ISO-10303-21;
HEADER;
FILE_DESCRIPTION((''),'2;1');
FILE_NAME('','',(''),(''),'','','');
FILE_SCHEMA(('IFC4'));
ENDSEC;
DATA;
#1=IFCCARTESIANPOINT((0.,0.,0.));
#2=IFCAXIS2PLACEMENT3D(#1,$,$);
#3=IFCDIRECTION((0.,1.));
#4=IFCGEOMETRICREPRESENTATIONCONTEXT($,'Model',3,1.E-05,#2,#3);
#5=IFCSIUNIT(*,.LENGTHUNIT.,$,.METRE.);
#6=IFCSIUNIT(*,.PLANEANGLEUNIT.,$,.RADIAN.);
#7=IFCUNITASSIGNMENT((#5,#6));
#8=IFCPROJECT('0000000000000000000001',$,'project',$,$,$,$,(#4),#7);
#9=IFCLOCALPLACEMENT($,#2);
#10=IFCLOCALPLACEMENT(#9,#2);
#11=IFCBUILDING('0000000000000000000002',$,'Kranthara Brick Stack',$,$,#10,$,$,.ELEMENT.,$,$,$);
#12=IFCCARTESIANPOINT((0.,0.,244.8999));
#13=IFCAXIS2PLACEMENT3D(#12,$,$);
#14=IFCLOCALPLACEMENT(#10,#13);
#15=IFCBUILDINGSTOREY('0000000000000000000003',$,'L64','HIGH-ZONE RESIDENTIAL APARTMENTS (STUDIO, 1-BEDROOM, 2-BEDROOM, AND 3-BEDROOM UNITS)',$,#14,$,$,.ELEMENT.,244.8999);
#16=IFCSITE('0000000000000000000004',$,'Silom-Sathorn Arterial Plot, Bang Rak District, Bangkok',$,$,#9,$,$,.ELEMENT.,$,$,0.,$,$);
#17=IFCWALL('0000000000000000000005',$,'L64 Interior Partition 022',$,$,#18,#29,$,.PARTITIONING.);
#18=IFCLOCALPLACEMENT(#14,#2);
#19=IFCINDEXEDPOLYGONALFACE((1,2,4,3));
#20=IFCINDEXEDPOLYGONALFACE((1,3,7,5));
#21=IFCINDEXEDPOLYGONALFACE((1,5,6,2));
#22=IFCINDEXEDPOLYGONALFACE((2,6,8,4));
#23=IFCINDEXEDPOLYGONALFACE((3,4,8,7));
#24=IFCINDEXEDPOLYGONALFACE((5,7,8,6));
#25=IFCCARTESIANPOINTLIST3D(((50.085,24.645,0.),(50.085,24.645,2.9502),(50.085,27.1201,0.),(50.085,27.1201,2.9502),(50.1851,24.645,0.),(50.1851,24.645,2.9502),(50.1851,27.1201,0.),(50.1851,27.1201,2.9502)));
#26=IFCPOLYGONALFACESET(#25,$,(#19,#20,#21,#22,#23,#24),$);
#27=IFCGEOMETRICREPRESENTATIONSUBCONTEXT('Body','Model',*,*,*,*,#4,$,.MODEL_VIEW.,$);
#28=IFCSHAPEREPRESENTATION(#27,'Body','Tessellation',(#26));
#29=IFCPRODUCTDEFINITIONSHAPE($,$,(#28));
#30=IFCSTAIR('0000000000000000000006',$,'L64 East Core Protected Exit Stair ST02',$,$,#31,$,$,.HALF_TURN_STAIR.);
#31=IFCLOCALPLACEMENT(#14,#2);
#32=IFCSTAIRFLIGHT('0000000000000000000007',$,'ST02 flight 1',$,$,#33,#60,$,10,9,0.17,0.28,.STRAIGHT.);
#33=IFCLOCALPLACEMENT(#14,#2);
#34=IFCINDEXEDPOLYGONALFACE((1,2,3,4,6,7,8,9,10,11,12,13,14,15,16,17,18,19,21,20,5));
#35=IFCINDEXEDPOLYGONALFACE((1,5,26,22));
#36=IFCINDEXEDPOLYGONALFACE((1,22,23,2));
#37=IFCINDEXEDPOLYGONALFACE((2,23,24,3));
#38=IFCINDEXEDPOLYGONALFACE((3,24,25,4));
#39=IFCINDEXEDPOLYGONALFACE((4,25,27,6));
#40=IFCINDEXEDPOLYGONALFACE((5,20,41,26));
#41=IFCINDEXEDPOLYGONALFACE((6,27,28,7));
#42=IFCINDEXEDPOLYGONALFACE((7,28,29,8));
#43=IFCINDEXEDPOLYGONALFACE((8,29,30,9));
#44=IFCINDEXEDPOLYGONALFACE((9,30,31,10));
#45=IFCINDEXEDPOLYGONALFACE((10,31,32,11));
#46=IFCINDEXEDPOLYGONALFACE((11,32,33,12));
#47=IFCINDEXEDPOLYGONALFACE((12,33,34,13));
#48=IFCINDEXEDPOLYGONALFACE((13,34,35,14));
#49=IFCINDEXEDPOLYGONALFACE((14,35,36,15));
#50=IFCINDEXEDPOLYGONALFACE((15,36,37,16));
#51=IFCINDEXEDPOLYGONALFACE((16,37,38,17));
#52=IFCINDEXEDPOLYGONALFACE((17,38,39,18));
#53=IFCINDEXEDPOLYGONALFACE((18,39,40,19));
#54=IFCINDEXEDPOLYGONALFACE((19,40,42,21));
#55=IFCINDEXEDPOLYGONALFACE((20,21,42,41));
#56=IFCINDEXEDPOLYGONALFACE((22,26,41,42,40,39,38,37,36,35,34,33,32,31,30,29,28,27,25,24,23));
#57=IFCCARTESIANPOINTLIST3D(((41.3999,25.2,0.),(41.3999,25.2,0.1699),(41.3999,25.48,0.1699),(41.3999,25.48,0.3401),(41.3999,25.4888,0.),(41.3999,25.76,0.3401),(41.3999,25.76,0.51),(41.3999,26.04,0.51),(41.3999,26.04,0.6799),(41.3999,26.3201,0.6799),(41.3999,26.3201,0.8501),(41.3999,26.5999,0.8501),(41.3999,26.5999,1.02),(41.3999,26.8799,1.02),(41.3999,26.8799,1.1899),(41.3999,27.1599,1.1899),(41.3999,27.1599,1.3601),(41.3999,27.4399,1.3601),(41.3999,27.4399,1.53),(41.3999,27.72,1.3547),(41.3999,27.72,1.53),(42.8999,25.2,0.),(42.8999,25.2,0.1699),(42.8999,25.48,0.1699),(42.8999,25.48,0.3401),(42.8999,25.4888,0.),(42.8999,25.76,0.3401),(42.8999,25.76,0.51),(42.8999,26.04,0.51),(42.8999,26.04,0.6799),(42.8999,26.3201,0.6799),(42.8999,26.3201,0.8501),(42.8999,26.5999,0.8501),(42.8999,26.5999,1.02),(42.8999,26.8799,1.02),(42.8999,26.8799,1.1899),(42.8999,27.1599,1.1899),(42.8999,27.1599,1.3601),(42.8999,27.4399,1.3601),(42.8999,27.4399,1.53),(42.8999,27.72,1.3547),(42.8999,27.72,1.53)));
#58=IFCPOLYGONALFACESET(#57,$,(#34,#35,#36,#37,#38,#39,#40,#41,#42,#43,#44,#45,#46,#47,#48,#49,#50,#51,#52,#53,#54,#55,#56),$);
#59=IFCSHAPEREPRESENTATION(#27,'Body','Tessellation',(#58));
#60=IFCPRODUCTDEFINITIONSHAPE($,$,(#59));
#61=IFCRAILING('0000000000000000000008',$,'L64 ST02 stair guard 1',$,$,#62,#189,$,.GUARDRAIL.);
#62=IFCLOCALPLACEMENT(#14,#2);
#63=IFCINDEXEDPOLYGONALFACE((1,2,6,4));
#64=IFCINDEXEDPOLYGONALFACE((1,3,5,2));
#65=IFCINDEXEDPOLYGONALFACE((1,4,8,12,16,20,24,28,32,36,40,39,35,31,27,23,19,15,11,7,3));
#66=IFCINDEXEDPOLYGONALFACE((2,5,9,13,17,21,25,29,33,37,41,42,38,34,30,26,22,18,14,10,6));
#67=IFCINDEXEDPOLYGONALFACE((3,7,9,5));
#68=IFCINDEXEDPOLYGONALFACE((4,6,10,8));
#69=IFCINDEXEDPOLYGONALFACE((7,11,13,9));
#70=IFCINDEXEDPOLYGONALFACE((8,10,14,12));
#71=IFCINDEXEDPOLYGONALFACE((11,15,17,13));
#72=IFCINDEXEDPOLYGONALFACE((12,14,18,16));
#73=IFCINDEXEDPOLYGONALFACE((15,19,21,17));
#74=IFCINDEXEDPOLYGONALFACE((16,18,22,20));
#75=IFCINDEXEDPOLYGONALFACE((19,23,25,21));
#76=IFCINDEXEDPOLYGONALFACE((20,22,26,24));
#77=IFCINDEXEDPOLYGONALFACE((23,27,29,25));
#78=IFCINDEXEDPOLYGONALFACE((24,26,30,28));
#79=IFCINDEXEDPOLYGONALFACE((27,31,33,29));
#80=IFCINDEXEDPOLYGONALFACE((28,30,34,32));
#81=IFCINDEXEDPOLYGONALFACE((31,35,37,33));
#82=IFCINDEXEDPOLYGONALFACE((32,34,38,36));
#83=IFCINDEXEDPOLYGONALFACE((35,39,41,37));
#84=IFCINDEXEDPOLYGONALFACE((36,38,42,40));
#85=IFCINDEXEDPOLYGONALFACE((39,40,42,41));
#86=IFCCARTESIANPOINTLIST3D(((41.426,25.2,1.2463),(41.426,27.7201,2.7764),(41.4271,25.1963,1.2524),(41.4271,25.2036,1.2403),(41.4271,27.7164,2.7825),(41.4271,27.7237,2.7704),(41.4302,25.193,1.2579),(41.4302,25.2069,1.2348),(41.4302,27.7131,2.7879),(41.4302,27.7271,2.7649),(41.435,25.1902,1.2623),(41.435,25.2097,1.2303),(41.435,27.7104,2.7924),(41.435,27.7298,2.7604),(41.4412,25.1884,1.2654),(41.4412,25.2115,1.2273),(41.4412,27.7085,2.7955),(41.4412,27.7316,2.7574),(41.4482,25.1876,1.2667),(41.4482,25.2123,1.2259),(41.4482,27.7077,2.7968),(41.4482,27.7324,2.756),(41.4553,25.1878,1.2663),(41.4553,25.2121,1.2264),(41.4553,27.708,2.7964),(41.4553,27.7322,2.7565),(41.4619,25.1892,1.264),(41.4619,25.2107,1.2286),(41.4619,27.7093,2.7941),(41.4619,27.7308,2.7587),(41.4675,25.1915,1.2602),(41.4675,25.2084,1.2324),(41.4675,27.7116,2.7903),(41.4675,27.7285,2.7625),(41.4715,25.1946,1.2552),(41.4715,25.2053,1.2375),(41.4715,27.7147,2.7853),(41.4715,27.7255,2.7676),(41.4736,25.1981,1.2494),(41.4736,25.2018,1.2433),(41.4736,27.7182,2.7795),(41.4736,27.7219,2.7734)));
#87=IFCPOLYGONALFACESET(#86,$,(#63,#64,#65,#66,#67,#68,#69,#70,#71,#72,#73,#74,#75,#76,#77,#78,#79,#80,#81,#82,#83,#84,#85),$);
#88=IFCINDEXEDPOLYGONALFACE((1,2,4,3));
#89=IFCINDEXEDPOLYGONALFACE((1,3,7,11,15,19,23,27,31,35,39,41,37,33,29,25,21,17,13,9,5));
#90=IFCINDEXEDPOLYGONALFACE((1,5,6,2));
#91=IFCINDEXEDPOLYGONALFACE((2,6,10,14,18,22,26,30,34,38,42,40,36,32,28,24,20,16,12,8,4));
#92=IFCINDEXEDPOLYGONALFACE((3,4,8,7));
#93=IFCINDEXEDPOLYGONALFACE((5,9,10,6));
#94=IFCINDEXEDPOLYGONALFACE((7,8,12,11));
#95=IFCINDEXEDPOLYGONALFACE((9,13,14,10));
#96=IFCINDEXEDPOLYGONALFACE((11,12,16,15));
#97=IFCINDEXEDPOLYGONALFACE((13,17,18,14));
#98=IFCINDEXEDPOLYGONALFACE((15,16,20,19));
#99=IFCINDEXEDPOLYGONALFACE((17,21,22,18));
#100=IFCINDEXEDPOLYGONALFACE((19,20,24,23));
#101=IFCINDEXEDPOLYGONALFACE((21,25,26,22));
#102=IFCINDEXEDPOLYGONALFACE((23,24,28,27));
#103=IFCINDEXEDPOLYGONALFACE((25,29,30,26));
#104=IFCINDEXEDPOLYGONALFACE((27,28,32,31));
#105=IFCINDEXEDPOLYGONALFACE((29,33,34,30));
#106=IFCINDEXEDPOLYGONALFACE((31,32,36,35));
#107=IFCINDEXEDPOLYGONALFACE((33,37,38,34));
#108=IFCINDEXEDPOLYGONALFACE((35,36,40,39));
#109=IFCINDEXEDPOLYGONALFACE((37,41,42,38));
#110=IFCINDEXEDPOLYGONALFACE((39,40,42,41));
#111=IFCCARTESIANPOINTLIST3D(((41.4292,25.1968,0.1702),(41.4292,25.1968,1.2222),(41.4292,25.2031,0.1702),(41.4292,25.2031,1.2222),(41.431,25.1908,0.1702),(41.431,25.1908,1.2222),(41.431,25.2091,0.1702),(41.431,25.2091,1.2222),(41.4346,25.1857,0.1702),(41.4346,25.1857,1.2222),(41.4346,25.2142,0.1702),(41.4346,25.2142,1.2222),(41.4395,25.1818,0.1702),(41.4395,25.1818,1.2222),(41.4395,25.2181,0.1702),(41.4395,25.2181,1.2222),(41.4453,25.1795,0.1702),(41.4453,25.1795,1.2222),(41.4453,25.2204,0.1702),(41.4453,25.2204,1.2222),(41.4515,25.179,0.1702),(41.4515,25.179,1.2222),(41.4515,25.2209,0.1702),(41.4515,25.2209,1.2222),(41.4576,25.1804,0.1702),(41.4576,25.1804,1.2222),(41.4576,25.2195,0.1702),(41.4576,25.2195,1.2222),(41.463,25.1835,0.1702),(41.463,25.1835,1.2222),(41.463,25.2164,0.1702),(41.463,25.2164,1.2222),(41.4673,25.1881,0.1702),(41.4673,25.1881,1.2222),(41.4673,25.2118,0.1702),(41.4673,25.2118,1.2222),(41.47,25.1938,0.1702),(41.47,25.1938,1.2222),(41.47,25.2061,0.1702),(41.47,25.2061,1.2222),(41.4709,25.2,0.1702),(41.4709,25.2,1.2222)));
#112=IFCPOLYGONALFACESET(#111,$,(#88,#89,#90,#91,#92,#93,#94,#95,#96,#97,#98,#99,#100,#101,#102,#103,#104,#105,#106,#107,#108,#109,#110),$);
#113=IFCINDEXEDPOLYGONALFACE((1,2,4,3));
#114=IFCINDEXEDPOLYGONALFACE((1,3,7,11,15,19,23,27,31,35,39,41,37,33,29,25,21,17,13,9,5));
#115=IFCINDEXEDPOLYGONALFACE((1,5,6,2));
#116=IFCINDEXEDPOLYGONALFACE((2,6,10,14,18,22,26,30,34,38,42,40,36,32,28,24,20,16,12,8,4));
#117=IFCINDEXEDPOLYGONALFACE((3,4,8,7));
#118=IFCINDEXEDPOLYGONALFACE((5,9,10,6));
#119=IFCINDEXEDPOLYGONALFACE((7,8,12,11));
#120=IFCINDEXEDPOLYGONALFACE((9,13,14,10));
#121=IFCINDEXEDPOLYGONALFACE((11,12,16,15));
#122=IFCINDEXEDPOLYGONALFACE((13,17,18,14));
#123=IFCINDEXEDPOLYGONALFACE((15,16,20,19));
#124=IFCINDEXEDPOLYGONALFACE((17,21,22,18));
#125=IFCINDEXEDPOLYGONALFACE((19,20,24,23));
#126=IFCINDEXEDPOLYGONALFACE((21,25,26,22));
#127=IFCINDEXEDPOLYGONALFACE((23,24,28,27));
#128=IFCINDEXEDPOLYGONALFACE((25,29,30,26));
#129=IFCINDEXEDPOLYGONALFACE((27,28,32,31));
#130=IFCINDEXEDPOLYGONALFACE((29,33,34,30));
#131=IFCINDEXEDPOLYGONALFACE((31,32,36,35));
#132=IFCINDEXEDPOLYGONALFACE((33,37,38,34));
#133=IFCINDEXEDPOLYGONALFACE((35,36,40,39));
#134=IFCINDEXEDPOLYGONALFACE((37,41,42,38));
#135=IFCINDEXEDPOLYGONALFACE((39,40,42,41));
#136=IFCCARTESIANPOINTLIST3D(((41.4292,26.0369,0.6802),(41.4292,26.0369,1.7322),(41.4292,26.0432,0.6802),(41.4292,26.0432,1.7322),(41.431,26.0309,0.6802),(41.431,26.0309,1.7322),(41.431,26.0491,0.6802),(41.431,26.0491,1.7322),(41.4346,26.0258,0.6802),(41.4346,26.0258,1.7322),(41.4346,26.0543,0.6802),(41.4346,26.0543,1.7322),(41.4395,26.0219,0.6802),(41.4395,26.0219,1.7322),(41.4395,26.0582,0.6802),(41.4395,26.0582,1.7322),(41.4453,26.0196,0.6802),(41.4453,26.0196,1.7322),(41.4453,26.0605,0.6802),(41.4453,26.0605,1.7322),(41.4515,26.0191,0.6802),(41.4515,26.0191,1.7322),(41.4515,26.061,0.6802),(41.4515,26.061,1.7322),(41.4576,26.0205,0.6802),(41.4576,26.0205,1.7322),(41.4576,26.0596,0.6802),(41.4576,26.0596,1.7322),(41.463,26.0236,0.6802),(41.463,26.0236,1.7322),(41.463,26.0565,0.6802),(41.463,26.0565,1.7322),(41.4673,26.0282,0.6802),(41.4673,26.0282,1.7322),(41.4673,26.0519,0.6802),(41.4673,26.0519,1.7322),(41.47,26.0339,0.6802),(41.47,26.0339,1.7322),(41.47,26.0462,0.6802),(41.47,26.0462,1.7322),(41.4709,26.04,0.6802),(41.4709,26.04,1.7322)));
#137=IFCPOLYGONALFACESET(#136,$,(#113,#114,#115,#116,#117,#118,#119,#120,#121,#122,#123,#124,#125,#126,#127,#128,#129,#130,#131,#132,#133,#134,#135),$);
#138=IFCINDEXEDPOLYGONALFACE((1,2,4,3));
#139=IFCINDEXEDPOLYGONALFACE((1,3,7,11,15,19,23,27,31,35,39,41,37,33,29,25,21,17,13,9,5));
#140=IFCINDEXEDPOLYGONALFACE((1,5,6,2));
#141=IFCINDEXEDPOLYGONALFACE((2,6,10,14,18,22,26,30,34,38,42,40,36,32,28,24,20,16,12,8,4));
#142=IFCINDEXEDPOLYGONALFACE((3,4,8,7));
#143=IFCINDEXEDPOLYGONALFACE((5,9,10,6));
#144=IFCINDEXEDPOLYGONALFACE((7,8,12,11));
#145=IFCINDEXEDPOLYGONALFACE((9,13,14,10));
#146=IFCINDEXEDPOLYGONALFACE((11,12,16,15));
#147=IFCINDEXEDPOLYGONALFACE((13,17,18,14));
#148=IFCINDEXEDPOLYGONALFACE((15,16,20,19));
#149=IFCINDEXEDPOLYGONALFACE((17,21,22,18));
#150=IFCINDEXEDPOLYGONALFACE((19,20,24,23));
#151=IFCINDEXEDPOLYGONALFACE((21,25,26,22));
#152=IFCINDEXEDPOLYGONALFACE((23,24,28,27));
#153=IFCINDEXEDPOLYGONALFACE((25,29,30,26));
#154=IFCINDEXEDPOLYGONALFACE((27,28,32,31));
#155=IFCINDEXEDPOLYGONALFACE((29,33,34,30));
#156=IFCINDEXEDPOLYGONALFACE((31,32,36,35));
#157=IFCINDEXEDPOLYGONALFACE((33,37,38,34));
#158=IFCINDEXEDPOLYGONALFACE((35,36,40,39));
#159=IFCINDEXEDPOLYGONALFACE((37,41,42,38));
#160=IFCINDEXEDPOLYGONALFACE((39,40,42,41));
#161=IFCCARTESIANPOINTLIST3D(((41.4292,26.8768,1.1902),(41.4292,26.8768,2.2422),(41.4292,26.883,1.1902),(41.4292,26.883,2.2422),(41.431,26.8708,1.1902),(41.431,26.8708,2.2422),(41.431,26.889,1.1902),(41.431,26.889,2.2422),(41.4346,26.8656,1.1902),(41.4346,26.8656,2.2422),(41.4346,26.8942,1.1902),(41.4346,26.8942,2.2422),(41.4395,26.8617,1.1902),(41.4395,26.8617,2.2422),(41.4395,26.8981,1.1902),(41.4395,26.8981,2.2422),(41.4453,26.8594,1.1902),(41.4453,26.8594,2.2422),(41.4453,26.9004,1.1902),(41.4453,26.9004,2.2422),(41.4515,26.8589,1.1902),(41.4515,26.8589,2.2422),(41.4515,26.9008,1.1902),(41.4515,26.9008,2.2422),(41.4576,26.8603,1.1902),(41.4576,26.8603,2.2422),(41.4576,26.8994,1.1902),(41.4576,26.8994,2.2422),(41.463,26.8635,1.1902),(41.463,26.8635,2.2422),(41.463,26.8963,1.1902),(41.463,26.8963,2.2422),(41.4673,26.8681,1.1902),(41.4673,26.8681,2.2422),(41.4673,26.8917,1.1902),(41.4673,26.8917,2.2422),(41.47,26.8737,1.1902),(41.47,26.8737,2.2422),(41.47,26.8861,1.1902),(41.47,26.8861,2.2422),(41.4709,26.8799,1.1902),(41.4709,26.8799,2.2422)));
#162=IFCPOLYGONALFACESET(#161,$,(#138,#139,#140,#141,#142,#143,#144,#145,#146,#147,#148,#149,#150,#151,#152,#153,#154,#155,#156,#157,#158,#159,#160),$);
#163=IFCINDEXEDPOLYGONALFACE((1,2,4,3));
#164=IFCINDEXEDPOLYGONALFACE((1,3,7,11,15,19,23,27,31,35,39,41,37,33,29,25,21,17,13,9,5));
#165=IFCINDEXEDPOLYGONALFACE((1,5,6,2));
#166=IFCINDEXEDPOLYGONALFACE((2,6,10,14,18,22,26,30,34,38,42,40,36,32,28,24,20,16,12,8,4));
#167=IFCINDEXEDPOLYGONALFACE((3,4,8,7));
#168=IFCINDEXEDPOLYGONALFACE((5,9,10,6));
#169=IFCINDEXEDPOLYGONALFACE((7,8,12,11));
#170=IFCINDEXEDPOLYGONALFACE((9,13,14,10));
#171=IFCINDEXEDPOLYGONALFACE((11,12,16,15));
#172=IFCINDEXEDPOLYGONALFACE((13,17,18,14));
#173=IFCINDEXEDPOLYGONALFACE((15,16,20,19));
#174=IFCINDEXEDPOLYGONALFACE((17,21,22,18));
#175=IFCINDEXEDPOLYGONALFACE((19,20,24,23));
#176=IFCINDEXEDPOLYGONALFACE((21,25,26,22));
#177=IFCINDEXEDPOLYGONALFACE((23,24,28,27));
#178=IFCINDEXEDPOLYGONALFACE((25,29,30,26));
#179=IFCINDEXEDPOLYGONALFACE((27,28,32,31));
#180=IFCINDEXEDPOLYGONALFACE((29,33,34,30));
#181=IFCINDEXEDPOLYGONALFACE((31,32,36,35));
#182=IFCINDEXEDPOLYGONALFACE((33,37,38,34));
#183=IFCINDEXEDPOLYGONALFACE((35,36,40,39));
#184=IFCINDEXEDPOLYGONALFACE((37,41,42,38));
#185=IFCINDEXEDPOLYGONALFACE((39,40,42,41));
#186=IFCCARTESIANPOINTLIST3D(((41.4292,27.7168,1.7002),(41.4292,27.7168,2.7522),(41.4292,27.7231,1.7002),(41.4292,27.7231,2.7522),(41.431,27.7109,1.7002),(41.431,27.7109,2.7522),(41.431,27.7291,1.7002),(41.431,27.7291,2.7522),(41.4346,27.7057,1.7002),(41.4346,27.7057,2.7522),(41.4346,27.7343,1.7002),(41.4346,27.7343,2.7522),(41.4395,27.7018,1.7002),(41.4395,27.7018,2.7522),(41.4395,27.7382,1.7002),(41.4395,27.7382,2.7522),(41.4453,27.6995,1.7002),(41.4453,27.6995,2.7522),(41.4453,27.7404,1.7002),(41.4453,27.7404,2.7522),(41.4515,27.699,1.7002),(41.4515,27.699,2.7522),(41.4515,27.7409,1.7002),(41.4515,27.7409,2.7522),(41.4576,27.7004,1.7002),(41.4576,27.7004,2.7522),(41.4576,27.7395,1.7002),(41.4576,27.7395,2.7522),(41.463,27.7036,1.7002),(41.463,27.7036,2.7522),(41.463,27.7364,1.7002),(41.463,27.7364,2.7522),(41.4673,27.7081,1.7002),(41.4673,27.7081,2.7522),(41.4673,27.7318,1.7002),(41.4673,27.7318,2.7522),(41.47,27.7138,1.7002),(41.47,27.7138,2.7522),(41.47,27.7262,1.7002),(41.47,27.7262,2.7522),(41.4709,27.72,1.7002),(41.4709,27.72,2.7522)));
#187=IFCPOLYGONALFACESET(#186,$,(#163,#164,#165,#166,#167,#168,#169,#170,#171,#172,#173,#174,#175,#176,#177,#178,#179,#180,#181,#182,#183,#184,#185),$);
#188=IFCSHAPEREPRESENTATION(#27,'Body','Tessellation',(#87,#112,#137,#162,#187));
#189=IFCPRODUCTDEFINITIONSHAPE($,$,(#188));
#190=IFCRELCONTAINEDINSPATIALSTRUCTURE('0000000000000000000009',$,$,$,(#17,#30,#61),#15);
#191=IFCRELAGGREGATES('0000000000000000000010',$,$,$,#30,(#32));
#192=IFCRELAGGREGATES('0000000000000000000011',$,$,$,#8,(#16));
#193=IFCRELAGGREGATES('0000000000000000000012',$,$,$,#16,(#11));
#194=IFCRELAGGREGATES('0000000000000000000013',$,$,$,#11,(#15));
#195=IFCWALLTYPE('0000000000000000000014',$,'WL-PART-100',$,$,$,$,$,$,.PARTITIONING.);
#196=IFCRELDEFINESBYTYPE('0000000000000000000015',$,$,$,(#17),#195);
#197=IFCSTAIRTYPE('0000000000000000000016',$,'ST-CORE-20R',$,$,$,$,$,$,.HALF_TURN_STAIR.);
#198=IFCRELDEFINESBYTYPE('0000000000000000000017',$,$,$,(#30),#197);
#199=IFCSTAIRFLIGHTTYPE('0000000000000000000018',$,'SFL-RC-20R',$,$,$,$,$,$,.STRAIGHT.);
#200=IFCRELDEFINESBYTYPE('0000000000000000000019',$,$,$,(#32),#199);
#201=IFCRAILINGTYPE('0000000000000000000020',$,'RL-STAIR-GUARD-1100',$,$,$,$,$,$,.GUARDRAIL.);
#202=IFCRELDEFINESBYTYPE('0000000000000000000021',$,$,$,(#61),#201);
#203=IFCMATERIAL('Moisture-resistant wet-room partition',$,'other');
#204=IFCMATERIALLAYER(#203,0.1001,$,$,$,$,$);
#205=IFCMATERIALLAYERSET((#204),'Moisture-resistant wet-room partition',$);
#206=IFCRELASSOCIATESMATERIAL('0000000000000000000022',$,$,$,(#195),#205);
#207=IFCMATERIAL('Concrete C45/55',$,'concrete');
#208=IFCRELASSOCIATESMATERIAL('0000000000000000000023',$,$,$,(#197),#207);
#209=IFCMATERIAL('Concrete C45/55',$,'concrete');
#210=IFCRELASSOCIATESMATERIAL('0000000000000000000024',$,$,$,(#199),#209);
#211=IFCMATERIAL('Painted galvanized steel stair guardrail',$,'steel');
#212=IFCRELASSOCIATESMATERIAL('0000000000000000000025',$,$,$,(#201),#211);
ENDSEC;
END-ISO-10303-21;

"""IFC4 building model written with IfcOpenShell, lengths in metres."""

from ifc_helpers import new_model, si_unit, direction, frame, frame_2d, origin, origin_2d, place, context, subcontext, project, spatial, polyline, rectangle, circle, outline, extrude, material, layer, layer_set, type_object, element, aggregate, save


model = new_model("IFC4")

# Units and contexts
model_context = context("Model", 3, precision=1e-05, world=origin(), true_north=direction((0.0, 1.0)))
body_context = subcontext(model_context, "Body", "Model", "MODEL_VIEW")
ifc_project = project(units=[si_unit("LENGTHUNIT", "METRE"), si_unit("PLANEANGLEUNIT", "RADIAN")], contexts=[model_context])

# Site, building, storey
site_placement = place(None, origin())
site = spatial("IfcSite", under=ifc_project, at=site_placement, Name="Silom-Sathorn Arterial Plot, Bang Rak District, Bangkok", CompositionType="ELEMENT", RefElevation=0.0)
building_placement = place(site_placement, origin())
building = spatial("IfcBuilding", under=site, at=building_placement, Name="Kranthara Brick Stack", CompositionType="ELEMENT")
storey_placement = place(building_placement, frame((0.0, 0.0, 244.8999)))
storey = spatial("IfcBuildingStorey", under=building, at=storey_placement, Name="L64", Description="HIGH-ZONE RESIDENTIAL APARTMENTS (STUDIO, 1-BEDROOM, 2-BEDROOM, AND 3-BEDROOM UNITS)", CompositionType="ELEMENT", Elevation=244.8999)

# Shared definitions
ifc_material_1 = material(Name="Moisture-resistant wet-room partition", Category="other")
ifc_layer_1 = layer(ifc_material_1, 0.1001)
ifc_layer_set_1 = layer_set([ifc_layer_1], Name="Moisture-resistant wet-room partition")
wall_type_1 = type_object("IfcWallType", Name="WL-PART-100", PredefinedType="PARTITIONING", material=ifc_layer_set_1)

# Wall
wall_1_placement = place(storey_placement, frame((50.135, 24.645, 0.0), z_axis=(0.0, 0.0, 1.0), x_axis=(0.0, 1.0, 0.0)))
element("IfcWall", 1, at=wall_1_placement, inside=storey, type_object=wall_type_1, Name="L64 Interior Partition 022", PredefinedType="PARTITIONING", context=body_context, shape_type="SweptSolid", body=[
    extrude(rectangle(XDim=2.4751, YDim=0.1001, at=frame_2d((1.2375, 0.0))), origin(), (0.0, 0.0, 1.0), 2.9502),
])

# Stair, stair flight
ifc_material_2 = material(Name="Concrete C45/55", Category="concrete")
stair_type = type_object("IfcStairType", Name="ST-CORE-20R", PredefinedType="HALF_TURN_STAIR", material=ifc_material_2)
stair_placement = place(storey_placement, origin())
stair = element("IfcStair", 2, at=stair_placement, inside=storey, type_object=stair_type, Name="L64 East Core Protected Exit Stair ST02", PredefinedType="HALF_TURN_STAIR")
ifc_material_3 = material(Name="Concrete C45/55", Category="concrete")
stair_flight_type = type_object("IfcStairFlightType", Name="SFL-RC-20R", PredefinedType="STRAIGHT", material=ifc_material_3)
stair_flight_placement = place(storey_placement, frame((42.1499, 25.2, 0.0), z_axis=(0.0, 0.0, 1.0), x_axis=(0.0, 1.0, 0.0)))
stair_flight = element("IfcStairFlight", 3, at=stair_flight_placement, type_object=stair_flight_type, Name="ST02 flight 1", NumberOfRisers=10, NumberOfTreads=9, PredefinedType="STRAIGHT", RiserHeight=0.17, TreadLength=0.28, context=body_context, shape_type="SweptSolid", body=[
    extrude(outline(polyline([(0.0, 0.0), (0.0, 0.1699), (0.28, 0.1699), (0.28, 0.3401), (0.5601, 0.3401), (0.5601, 0.51), (0.8401, 0.51), (0.8401, 0.6799), (1.1201, 0.6799), (1.1201, 0.8501), (1.3999, 0.8501), (1.3999, 1.02), (1.6799, 1.02), (1.6799, 1.1899), (1.96, 1.1899), (1.96, 1.3601), (2.24, 1.3601), (2.24, 1.53), (2.52, 1.53), (2.52, 1.7), (2.52, 1.3547), (0.2888, 0.0), (0.0, 0.0)])), frame((0.0, 0.75, 0.0), z_axis=(0.0, -1.0, 0.0), x_axis=(1.0, 0.0, 0.0)), (0.0, 0.0, 1.0), 1.5),
])
aggregate(stair, [stair_flight])

# Railing
ifc_material_4 = material(Name="Painted galvanized steel stair guardrail", Category="steel")
railing_type_1 = type_object("IfcRailingType", Name="RL-STAIR-GUARD-1100", PredefinedType="GUARDRAIL", material=ifc_material_4)
railing_1_placement = place(storey_placement, frame((41.45, 25.2, 0.1702)))
element("IfcRailing", 4, at=railing_1_placement, inside=storey, type_object=railing_type_1, Name="L64 ST02 stair guard 1", PredefinedType="GUARDRAIL", context=body_context, shape_type="SweptSolid", body=[
    extrude(circle(Radius=0.0239, at=origin_2d()), frame((0.0, 0.0, 1.0762), z_axis=(0.0, 0.854785, 0.518982), x_axis=(-1.0, 0.0, 0.0)), (0.0, 0.0, 1.0), 2.9482),
    extrude(circle(Radius=0.021, at=origin_2d()), origin(), (0.0, 0.0, 1.0), 1.052),
    extrude(circle(Radius=0.021, at=origin_2d()), frame((0.0, 0.8401, 0.51)), (0.0, 0.0, 1.0), 1.052),
    extrude(circle(Radius=0.021, at=origin_2d()), frame((0.0, 1.6799, 1.02)), (0.0, 0.0, 1.0), 1.052),
    extrude(circle(Radius=0.021, at=origin_2d()), frame((0.0, 2.52, 1.53)), (0.0, 0.0, 1.0), 1.052),
])

save(model, "model.ifc")
